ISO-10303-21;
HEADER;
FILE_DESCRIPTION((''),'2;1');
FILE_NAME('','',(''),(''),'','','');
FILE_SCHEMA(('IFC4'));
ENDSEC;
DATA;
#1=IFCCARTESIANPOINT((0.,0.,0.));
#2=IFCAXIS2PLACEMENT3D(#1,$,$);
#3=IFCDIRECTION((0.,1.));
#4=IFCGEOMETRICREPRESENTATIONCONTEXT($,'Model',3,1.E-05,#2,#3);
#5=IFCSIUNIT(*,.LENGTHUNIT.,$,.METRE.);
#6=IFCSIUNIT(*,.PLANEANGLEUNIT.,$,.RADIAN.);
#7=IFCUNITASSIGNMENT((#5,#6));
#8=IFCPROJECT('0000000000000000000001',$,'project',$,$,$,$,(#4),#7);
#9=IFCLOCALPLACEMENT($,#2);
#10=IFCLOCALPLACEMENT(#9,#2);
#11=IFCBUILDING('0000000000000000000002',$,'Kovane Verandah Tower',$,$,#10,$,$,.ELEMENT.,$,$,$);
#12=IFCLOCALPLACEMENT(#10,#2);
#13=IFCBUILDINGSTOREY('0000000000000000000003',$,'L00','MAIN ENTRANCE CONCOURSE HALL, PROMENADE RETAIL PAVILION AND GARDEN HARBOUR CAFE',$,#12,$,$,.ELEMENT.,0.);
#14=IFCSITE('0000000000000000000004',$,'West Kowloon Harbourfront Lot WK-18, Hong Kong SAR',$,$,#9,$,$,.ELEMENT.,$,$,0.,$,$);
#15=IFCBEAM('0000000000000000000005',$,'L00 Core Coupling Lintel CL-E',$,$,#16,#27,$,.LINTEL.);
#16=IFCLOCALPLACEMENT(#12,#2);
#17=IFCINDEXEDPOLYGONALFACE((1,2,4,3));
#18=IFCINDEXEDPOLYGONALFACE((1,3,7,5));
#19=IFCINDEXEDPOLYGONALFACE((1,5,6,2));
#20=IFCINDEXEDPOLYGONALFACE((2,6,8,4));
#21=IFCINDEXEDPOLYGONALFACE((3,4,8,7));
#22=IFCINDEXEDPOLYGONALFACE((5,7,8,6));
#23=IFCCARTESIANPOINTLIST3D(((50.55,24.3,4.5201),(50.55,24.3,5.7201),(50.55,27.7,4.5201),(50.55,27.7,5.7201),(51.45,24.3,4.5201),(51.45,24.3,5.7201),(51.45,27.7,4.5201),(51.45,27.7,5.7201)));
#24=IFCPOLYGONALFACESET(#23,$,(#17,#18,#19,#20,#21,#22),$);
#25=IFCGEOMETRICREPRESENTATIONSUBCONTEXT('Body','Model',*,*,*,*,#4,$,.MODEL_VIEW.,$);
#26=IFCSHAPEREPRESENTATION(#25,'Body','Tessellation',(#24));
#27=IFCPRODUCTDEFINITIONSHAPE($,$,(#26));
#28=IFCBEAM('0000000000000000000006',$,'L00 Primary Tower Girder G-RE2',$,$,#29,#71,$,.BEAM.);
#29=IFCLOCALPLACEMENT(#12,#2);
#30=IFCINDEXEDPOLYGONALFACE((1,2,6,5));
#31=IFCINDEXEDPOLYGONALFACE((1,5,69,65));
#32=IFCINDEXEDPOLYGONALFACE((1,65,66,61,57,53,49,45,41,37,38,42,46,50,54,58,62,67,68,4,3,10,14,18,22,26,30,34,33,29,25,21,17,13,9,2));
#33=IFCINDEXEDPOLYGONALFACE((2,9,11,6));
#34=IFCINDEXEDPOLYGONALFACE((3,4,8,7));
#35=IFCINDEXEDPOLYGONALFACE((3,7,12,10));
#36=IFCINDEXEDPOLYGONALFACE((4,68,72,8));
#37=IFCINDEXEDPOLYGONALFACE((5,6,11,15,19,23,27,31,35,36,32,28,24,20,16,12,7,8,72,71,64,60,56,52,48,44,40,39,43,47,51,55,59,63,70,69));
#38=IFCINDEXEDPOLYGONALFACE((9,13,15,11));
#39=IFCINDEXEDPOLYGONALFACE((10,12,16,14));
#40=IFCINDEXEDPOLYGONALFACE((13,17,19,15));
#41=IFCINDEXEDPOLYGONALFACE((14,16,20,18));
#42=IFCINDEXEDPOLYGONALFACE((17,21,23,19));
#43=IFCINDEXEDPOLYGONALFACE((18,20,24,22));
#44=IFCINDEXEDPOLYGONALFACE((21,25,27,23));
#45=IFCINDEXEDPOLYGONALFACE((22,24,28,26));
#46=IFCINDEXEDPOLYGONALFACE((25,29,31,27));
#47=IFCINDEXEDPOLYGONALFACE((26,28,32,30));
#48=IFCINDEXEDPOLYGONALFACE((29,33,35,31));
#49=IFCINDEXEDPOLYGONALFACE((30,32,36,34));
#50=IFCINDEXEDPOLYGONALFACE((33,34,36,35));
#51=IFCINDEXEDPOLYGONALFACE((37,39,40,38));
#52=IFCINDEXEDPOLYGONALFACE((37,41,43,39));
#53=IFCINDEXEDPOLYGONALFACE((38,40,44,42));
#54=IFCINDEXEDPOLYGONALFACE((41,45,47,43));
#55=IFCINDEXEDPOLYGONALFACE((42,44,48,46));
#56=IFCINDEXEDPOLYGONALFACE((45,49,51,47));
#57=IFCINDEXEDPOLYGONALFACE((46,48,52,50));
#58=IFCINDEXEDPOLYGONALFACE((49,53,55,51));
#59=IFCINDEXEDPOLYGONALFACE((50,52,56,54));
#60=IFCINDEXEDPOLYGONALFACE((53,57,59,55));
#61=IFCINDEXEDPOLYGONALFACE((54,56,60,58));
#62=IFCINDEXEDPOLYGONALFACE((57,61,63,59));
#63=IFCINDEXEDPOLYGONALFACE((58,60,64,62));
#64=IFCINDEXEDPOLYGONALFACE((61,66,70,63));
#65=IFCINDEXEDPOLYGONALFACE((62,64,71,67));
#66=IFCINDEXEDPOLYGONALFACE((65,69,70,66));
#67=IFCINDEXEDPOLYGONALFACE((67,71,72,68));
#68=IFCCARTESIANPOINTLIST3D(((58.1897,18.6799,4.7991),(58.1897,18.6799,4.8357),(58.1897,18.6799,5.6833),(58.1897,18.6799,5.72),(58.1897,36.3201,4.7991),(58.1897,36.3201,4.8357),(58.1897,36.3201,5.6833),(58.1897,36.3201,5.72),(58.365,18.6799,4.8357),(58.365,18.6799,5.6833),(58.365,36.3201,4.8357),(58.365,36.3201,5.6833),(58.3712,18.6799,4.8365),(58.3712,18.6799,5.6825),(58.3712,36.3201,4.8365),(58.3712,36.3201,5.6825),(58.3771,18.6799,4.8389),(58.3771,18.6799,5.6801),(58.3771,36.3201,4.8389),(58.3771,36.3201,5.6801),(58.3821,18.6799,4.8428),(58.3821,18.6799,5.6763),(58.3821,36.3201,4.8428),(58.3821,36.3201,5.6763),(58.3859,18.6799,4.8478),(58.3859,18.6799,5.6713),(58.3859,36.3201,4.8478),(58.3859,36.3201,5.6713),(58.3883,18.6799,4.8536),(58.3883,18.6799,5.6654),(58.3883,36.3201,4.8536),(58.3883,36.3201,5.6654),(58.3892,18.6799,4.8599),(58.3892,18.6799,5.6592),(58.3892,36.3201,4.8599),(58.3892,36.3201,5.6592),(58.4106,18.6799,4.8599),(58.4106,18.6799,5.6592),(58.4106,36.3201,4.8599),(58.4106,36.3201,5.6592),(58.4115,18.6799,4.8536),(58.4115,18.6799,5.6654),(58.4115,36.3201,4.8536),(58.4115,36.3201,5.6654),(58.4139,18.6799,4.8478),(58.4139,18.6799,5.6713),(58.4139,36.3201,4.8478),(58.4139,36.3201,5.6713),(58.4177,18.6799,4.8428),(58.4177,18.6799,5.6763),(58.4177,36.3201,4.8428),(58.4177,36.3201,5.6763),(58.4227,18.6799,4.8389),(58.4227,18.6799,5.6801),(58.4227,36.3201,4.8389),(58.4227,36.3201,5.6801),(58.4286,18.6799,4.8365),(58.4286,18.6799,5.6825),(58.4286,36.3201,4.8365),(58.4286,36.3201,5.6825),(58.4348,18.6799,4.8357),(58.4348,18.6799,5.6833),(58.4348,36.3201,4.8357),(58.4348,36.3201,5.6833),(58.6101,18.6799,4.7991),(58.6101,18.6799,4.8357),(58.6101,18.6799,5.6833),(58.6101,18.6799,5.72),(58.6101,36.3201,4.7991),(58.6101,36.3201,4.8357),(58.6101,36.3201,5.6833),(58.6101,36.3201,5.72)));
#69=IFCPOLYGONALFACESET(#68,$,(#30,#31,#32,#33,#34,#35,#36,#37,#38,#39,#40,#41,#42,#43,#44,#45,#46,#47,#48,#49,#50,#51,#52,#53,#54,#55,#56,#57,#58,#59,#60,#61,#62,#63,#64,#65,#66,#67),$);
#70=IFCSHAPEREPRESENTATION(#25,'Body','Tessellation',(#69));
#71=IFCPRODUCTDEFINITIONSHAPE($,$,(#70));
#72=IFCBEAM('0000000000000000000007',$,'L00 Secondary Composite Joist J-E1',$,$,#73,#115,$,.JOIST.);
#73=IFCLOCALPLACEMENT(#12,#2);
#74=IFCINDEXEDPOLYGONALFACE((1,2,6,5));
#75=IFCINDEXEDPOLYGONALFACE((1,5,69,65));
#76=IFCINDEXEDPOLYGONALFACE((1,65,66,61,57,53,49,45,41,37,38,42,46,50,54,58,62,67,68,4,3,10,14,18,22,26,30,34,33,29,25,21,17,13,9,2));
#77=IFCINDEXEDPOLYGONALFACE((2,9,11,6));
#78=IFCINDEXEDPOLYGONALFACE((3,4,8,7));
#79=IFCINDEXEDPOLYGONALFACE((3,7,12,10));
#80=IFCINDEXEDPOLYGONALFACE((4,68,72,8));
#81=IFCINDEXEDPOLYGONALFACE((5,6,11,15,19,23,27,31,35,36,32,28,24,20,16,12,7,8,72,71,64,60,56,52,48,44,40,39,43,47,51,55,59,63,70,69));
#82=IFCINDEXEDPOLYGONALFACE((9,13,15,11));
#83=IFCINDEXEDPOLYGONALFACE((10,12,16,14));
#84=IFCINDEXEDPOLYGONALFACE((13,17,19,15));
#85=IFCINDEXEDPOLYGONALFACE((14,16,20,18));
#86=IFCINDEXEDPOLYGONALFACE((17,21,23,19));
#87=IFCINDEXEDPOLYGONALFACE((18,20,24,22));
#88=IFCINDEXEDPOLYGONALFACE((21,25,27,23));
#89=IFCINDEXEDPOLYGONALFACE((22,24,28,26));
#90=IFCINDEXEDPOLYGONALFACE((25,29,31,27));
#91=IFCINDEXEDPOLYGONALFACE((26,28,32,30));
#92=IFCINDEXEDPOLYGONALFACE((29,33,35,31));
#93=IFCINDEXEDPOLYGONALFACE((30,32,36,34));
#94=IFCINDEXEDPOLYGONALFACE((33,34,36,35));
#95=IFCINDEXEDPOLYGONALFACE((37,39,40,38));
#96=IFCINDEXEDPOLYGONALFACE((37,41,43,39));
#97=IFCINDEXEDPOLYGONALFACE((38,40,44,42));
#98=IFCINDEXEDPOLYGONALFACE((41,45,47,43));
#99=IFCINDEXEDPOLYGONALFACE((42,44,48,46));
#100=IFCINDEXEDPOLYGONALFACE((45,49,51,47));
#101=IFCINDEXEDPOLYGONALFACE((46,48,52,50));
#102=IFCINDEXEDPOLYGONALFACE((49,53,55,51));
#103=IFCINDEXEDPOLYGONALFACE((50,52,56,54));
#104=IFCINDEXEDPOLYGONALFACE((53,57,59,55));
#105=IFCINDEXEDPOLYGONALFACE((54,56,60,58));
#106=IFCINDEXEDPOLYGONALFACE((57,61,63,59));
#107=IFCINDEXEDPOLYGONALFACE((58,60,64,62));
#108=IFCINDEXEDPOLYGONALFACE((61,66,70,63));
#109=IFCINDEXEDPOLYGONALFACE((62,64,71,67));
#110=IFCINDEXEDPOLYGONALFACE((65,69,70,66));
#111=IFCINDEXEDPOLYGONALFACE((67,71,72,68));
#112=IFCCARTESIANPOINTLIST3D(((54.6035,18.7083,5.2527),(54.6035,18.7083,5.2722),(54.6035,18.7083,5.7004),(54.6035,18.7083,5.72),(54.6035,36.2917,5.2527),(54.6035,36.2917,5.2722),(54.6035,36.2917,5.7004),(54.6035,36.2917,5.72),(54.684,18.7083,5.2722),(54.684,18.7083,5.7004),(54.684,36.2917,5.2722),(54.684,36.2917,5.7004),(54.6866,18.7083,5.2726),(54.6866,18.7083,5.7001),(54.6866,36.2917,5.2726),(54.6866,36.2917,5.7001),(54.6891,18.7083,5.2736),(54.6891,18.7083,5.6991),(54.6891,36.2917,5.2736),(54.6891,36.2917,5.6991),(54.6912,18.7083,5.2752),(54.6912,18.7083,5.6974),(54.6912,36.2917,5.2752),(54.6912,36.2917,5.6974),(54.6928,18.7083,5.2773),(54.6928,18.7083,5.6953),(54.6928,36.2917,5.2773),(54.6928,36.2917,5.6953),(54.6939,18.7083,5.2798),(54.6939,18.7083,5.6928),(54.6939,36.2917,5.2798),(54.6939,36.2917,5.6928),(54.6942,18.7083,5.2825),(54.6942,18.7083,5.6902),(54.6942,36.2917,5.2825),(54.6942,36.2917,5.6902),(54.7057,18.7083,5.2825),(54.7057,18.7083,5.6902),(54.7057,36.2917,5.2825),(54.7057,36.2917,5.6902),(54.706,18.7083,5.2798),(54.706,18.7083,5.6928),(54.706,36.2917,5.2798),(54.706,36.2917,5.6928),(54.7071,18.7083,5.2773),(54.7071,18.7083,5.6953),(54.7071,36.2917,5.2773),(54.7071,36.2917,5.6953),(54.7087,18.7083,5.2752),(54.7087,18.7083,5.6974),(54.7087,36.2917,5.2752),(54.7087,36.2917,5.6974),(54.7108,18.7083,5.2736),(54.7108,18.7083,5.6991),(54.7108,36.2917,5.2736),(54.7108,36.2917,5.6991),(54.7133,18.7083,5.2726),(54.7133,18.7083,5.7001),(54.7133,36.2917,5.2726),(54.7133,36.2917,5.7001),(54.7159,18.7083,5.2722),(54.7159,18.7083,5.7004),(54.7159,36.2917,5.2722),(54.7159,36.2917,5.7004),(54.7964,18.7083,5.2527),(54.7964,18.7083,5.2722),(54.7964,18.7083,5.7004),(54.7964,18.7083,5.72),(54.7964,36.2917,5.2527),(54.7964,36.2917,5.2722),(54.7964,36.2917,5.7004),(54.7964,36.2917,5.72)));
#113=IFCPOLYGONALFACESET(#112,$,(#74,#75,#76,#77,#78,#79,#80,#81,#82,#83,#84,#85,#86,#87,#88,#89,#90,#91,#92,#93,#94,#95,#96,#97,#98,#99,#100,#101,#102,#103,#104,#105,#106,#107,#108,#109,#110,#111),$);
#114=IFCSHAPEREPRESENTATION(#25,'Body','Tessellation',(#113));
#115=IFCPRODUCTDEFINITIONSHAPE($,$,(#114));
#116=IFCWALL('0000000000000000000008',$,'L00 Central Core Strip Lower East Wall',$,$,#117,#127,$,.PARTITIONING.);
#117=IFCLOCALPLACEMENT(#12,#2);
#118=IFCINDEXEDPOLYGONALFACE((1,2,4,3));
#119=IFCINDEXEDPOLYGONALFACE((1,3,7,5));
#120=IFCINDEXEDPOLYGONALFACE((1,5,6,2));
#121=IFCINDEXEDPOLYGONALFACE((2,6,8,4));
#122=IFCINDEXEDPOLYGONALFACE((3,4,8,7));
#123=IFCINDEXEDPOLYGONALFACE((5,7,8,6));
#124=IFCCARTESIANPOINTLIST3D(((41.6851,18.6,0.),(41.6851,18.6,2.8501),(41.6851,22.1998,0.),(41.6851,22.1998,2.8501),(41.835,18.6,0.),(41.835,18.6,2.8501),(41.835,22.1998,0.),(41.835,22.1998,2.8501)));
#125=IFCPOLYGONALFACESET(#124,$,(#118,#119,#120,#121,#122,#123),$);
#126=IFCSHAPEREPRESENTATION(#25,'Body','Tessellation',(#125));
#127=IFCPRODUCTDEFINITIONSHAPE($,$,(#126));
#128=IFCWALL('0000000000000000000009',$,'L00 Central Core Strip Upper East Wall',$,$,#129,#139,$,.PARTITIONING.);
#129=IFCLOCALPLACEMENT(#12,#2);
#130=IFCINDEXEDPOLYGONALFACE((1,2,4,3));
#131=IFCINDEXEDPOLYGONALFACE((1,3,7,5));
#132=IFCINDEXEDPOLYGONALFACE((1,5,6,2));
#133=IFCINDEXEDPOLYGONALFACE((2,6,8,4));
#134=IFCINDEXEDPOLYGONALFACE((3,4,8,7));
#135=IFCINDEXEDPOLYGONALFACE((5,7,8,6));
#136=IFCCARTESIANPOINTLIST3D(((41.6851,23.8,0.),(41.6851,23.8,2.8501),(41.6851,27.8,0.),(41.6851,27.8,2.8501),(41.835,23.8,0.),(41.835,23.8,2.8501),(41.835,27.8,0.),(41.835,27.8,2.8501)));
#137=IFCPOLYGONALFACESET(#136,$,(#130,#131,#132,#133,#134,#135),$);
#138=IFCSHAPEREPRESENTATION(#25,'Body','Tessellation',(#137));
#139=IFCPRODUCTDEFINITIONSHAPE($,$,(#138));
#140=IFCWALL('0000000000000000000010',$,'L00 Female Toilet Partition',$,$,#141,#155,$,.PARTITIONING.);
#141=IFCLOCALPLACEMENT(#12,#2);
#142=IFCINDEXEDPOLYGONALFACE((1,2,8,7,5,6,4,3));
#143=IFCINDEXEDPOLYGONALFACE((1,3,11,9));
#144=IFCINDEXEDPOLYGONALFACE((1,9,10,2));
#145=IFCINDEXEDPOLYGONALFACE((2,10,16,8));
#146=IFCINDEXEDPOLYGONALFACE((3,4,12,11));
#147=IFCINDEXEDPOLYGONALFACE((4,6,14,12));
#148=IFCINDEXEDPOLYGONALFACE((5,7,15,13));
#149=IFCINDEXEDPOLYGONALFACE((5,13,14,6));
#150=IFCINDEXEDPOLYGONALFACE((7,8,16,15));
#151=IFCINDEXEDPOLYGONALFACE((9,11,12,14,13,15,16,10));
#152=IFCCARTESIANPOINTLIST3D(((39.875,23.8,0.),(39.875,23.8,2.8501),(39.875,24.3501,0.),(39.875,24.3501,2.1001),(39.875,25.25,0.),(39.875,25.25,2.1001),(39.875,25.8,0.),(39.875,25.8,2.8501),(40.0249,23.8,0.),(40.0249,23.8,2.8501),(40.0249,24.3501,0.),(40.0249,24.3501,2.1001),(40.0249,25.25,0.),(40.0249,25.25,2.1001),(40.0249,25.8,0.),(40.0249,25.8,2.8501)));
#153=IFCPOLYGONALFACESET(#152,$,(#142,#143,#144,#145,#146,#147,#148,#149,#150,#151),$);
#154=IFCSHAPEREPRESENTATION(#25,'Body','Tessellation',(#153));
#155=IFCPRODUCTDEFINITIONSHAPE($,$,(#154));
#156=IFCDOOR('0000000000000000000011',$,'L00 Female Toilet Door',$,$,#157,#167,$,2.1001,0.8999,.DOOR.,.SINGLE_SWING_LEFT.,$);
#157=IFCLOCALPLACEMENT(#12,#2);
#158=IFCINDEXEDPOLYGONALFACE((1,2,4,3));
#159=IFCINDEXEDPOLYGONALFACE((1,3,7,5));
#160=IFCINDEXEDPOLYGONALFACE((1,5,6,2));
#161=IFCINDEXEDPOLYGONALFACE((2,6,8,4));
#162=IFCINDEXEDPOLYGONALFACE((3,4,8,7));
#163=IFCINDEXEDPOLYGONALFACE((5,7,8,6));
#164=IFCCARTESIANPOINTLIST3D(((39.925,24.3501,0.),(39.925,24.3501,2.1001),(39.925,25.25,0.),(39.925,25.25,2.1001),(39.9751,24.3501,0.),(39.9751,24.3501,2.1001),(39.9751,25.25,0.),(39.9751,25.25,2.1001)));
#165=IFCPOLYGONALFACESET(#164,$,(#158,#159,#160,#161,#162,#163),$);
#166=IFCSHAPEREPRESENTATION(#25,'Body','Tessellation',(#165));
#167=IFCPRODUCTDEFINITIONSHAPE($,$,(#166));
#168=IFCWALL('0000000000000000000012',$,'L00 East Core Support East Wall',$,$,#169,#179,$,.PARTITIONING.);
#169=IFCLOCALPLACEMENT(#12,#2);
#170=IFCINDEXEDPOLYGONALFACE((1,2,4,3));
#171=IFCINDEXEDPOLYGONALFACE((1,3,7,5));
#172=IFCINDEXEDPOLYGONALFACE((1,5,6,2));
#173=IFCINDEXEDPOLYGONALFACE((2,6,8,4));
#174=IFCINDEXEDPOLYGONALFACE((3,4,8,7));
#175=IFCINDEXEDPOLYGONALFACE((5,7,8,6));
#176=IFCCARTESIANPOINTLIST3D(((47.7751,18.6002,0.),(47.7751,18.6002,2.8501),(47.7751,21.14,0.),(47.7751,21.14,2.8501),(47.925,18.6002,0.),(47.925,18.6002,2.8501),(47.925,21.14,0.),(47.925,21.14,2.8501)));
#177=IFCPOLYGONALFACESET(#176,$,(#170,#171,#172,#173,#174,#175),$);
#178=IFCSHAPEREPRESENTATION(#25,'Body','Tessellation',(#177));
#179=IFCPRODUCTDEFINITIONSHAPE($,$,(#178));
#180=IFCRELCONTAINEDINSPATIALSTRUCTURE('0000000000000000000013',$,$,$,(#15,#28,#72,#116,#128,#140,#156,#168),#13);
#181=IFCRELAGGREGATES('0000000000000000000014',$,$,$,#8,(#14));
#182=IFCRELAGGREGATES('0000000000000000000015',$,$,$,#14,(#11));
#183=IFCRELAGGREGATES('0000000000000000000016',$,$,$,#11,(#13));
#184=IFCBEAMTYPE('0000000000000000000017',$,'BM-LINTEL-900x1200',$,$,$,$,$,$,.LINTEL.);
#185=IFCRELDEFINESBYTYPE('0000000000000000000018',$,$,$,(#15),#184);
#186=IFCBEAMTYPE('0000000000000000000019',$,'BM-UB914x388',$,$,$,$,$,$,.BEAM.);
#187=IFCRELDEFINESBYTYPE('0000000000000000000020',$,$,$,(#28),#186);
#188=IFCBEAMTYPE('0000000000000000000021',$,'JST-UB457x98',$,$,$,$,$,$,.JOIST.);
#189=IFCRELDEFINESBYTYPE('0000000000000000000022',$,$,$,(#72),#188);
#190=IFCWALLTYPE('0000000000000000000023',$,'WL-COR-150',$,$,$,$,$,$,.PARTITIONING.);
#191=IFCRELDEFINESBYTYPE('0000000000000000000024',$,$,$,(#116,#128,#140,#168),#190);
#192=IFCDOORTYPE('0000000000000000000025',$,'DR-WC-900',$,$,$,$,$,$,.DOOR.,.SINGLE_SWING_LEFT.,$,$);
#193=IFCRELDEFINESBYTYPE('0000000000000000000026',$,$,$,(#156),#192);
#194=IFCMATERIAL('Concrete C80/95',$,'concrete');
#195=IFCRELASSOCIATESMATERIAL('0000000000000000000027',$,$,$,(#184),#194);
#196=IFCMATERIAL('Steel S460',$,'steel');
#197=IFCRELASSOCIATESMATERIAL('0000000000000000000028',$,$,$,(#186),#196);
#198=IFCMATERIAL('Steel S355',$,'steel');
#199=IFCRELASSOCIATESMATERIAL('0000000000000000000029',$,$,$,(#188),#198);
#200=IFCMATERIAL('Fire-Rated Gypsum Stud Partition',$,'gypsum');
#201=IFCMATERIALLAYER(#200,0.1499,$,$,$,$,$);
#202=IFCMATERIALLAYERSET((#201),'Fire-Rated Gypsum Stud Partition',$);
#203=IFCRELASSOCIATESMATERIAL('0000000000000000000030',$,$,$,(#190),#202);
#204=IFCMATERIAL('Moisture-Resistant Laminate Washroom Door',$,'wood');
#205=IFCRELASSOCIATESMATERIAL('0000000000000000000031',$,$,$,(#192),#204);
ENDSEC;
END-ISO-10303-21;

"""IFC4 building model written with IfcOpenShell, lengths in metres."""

from ifc_helpers import new_model, si_unit, direction, frame, frame_2d, origin, origin_2d, place, context, subcontext, project, spatial, rectangle, i_section, extrude, material, layer, layer_set, material_profile, profile_set, type_object, element, fill, save


model = new_model("IFC4")

# Units and contexts
model_context = context("Model", 3, precision=1e-05, world=origin(), true_north=direction((0.0, 1.0)))
body_context = subcontext(model_context, "Body", "Model", "MODEL_VIEW")
ifc_project = project(units=[si_unit("LENGTHUNIT", "METRE"), si_unit("PLANEANGLEUNIT", "RADIAN")], contexts=[model_context])

# Site, building, storey
site_placement = place(None, origin())
site = spatial("IfcSite", under=ifc_project, at=site_placement, Name="West Kowloon Harbourfront Lot WK-18, Hong Kong SAR", CompositionType="ELEMENT", RefElevation=0.0)
building_placement = place(site_placement, origin())
building = spatial("IfcBuilding", under=site, at=building_placement, Name="Kovane Verandah Tower", CompositionType="ELEMENT")
storey_placement = place(building_placement, origin())
storey = spatial("IfcBuildingStorey", under=building, at=storey_placement, Name="L00", Description="MAIN ENTRANCE CONCOURSE HALL, PROMENADE RETAIL PAVILION AND GARDEN HARBOUR CAFE", CompositionType="ELEMENT", Elevation=0.0)

# Beams
ifc_material_1 = material(Name="Concrete C80/95", Category="concrete")
ifc_material_profile_1 = material_profile(ifc_material_1, rectangle(XDim=0.8999, YDim=1.2, at=origin_2d()), Name="RCB900x1200")
ifc_profile_set_1 = profile_set([ifc_material_profile_1], Name="Concrete C80/95")
beam_type_1 = type_object("IfcBeamType", Name="BM-LINTEL-900x1200", PredefinedType="LINTEL", material=ifc_profile_set_1)
beam_1_placement = place(storey_placement, frame((51.0, 24.3, 5.1201), z_axis=(0.0, 1.0, 0.0), x_axis=(-1.0, 0.0, 0.0)))
element("IfcBeam", 1, at=beam_1_placement, inside=storey, type_object=beam_type_1, Name="L00 Core Coupling Lintel CL-E", PredefinedType="LINTEL", context=body_context, shape_type="SweptSolid", body=[
    extrude(rectangle(XDim=0.8999, YDim=1.2, at=origin_2d()), origin(), (0.0, 0.0, 1.0), 3.3999),
])
ifc_material_2 = material(Name="Steel S460", Category="steel")
ifc_material_profile_2 = material_profile(ifc_material_2, i_section(OverallWidth=0.4204, OverallDepth=0.9209, WebThickness=0.0215, FlangeThickness=0.0366, FilletRadius=0.0242, at=origin_2d()), Name="UB914x419x388")
ifc_profile_set_2 = profile_set([ifc_material_profile_2], Name="Steel S460")
beam_type_2 = type_object("IfcBeamType", Name="BM-UB914x388", PredefinedType="BEAM", material=ifc_profile_set_2)
beam_2_placement = place(storey_placement, frame((58.3999, 18.6799, 5.2595), z_axis=(0.0, 1.0, 0.0), x_axis=(-1.0, 0.0, 0.0)))
element("IfcBeam", 2, at=beam_2_placement, inside=storey, type_object=beam_type_2, Name="L00 Primary Tower Girder G-RE2", PredefinedType="BEAM", context=body_context, shape_type="SweptSolid", body=[
    extrude(i_section(OverallWidth=0.4204, OverallDepth=0.9209, WebThickness=0.0215, FlangeThickness=0.0366, FilletRadius=0.0242, at=origin_2d()), origin(), (0.0, 0.0, 1.0), 17.6401),
])
ifc_material_3 = material(Name="Steel S355", Category="steel")
ifc_material_profile_3 = material_profile(ifc_material_3, i_section(OverallWidth=0.1929, OverallDepth=0.4673, WebThickness=0.0115, FlangeThickness=0.0195, FilletRadius=0.0103, at=origin_2d()), Name="UB457x191x98")
ifc_profile_set_3 = profile_set([ifc_material_profile_3], Name="Steel S355")
beam_type_3 = type_object("IfcBeamType", Name="JST-UB457x98", PredefinedType="JOIST", material=ifc_profile_set_3)
beam_3_placement = place(storey_placement, frame((54.7, 18.7083, 5.4863), z_axis=(0.0, 1.0, 0.0), x_axis=(-1.0, 0.0, 0.0)))
element("IfcBeam", 3, at=beam_3_placement, inside=storey, type_object=beam_type_3, Name="L00 Secondary Composite Joist J-E1", PredefinedType="JOIST", context=body_context, shape_type="SweptSolid", body=[
    extrude(i_section(OverallWidth=0.1929, OverallDepth=0.4673, WebThickness=0.0115, FlangeThickness=0.0195, FilletRadius=0.0103, at=origin_2d()), origin(), (0.0, 0.0, 1.0), 17.5835),
])

# Walls
ifc_material_4 = material(Name="Fire-Rated Gypsum Stud Partition", Category="gypsum")
ifc_layer_1 = layer(ifc_material_4, 0.1499)
ifc_layer_set_1 = layer_set([ifc_layer_1], Name="Fire-Rated Gypsum Stud Partition")
wall_type_1 = type_object("IfcWallType", Name="WL-COR-150", PredefinedType="PARTITIONING", material=ifc_layer_set_1)
wall_1_placement = place(storey_placement, frame((41.76, 18.6001, 0.0), z_axis=(0.0, 0.0, 1.0), x_axis=(0.0, 1.0, 0.0)))
element("IfcWall", 4, at=wall_1_placement, inside=storey, type_object=wall_type_1, Name="L00 Central Core Strip Lower East Wall", PredefinedType="PARTITIONING", context=body_context, shape_type="SweptSolid", body=[
    extrude(rectangle(XDim=3.5999, YDim=0.1499, at=frame_2d((1.7998, 0.0))), origin(), (0.0, 0.0, 1.0), 2.8501),
])
wall_2_placement = place(storey_placement, frame((41.76, 23.8, 0.0), z_axis=(0.0, 0.0, 1.0), x_axis=(0.0, 1.0, 0.0)))
element("IfcWall", 5, at=wall_2_placement, inside=storey, type_object=wall_type_1, Name="L00 Central Core Strip Upper East Wall", PredefinedType="PARTITIONING", context=body_context, shape_type="SweptSolid", body=[
    extrude(rectangle(XDim=4.0, YDim=0.1499, at=frame_2d((2.0, 0.0))), origin(), (0.0, 0.0, 1.0), 2.8501),
])

# Wall, opening, door
wall_3_placement = place(storey_placement, frame((39.95, 23.8, 0.0), z_axis=(0.0, 0.0, 1.0), x_axis=(0.0, 1.0, 0.0)))
wall_3 = element("IfcWall", 6, at=wall_3_placement, inside=storey, type_object=wall_type_1, Name="L00 Female Toilet Partition", PredefinedType="PARTITIONING", context=body_context, shape_type="SweptSolid", body=[
    extrude(rectangle(XDim=2.0, YDim=0.1499, at=frame_2d((1.0, 0.0))), origin(), (0.0, 0.0, 1.0), 2.8501),
])
opening_1_placement = place(wall_3_placement, frame((0.55, 0.0, 0.0)))
opening_1 = element("IfcOpeningElement", 7, at=opening_1_placement, cuts=wall_3, PredefinedType="OPENING", context=body_context, shape_type="SweptSolid", body=[
    extrude(rectangle(XDim=0.8999, YDim=2.1001, at=frame_2d((0.45, 1.05))), frame((0.0, 0.075, 0.0), z_axis=(0.0, -1.0, 0.0), x_axis=(1.0, 0.0, 0.0)), (0.0, 0.0, 1.0), 0.1499),
])
ifc_material_5 = material(Name="Moisture-Resistant Laminate Washroom Door", Category="wood")
door_type_1 = type_object("IfcDoorType", Name="DR-WC-900", OperationType="SINGLE_SWING_LEFT", PredefinedType="DOOR", material=ifc_material_5)
door_1_placement = place(opening_1_placement, origin())
door_1 = element("IfcDoor", 8, at=door_1_placement, inside=storey, type_object=door_type_1, Name="L00 Female Toilet Door", OperationType="SINGLE_SWING_LEFT", OverallHeight=2.1001, OverallWidth=0.8999, PredefinedType="DOOR", context=body_context, shape_type="SweptSolid", body=[
    extrude(rectangle(XDim=0.8999, YDim=2.1001, at=frame_2d((0.45, 1.05))), frame((0.0, 0.0249, 0.0), z_axis=(0.0, -1.0, 0.0), x_axis=(1.0, 0.0, 0.0)), (0.0, 0.0, 1.0), 0.05),
])
fill(opening_1, door_1)

# Wall
wall_4_placement = place(storey_placement, frame((47.8501, 18.6001, 0.0), z_axis=(0.0, 0.0, 1.0), x_axis=(0.0, 1.0, 0.0)))
element("IfcWall", 9, at=wall_4_placement, inside=storey, type_object=wall_type_1, Name="L00 East Core Support East Wall", PredefinedType="PARTITIONING", context=body_context, shape_type="SweptSolid", body=[
    extrude(rectangle(XDim=2.5398, YDim=0.1499, at=frame_2d((1.27, 0.0))), origin(), (0.0, 0.0, 1.0), 2.8501),
])

save(model, "model.ifc")
